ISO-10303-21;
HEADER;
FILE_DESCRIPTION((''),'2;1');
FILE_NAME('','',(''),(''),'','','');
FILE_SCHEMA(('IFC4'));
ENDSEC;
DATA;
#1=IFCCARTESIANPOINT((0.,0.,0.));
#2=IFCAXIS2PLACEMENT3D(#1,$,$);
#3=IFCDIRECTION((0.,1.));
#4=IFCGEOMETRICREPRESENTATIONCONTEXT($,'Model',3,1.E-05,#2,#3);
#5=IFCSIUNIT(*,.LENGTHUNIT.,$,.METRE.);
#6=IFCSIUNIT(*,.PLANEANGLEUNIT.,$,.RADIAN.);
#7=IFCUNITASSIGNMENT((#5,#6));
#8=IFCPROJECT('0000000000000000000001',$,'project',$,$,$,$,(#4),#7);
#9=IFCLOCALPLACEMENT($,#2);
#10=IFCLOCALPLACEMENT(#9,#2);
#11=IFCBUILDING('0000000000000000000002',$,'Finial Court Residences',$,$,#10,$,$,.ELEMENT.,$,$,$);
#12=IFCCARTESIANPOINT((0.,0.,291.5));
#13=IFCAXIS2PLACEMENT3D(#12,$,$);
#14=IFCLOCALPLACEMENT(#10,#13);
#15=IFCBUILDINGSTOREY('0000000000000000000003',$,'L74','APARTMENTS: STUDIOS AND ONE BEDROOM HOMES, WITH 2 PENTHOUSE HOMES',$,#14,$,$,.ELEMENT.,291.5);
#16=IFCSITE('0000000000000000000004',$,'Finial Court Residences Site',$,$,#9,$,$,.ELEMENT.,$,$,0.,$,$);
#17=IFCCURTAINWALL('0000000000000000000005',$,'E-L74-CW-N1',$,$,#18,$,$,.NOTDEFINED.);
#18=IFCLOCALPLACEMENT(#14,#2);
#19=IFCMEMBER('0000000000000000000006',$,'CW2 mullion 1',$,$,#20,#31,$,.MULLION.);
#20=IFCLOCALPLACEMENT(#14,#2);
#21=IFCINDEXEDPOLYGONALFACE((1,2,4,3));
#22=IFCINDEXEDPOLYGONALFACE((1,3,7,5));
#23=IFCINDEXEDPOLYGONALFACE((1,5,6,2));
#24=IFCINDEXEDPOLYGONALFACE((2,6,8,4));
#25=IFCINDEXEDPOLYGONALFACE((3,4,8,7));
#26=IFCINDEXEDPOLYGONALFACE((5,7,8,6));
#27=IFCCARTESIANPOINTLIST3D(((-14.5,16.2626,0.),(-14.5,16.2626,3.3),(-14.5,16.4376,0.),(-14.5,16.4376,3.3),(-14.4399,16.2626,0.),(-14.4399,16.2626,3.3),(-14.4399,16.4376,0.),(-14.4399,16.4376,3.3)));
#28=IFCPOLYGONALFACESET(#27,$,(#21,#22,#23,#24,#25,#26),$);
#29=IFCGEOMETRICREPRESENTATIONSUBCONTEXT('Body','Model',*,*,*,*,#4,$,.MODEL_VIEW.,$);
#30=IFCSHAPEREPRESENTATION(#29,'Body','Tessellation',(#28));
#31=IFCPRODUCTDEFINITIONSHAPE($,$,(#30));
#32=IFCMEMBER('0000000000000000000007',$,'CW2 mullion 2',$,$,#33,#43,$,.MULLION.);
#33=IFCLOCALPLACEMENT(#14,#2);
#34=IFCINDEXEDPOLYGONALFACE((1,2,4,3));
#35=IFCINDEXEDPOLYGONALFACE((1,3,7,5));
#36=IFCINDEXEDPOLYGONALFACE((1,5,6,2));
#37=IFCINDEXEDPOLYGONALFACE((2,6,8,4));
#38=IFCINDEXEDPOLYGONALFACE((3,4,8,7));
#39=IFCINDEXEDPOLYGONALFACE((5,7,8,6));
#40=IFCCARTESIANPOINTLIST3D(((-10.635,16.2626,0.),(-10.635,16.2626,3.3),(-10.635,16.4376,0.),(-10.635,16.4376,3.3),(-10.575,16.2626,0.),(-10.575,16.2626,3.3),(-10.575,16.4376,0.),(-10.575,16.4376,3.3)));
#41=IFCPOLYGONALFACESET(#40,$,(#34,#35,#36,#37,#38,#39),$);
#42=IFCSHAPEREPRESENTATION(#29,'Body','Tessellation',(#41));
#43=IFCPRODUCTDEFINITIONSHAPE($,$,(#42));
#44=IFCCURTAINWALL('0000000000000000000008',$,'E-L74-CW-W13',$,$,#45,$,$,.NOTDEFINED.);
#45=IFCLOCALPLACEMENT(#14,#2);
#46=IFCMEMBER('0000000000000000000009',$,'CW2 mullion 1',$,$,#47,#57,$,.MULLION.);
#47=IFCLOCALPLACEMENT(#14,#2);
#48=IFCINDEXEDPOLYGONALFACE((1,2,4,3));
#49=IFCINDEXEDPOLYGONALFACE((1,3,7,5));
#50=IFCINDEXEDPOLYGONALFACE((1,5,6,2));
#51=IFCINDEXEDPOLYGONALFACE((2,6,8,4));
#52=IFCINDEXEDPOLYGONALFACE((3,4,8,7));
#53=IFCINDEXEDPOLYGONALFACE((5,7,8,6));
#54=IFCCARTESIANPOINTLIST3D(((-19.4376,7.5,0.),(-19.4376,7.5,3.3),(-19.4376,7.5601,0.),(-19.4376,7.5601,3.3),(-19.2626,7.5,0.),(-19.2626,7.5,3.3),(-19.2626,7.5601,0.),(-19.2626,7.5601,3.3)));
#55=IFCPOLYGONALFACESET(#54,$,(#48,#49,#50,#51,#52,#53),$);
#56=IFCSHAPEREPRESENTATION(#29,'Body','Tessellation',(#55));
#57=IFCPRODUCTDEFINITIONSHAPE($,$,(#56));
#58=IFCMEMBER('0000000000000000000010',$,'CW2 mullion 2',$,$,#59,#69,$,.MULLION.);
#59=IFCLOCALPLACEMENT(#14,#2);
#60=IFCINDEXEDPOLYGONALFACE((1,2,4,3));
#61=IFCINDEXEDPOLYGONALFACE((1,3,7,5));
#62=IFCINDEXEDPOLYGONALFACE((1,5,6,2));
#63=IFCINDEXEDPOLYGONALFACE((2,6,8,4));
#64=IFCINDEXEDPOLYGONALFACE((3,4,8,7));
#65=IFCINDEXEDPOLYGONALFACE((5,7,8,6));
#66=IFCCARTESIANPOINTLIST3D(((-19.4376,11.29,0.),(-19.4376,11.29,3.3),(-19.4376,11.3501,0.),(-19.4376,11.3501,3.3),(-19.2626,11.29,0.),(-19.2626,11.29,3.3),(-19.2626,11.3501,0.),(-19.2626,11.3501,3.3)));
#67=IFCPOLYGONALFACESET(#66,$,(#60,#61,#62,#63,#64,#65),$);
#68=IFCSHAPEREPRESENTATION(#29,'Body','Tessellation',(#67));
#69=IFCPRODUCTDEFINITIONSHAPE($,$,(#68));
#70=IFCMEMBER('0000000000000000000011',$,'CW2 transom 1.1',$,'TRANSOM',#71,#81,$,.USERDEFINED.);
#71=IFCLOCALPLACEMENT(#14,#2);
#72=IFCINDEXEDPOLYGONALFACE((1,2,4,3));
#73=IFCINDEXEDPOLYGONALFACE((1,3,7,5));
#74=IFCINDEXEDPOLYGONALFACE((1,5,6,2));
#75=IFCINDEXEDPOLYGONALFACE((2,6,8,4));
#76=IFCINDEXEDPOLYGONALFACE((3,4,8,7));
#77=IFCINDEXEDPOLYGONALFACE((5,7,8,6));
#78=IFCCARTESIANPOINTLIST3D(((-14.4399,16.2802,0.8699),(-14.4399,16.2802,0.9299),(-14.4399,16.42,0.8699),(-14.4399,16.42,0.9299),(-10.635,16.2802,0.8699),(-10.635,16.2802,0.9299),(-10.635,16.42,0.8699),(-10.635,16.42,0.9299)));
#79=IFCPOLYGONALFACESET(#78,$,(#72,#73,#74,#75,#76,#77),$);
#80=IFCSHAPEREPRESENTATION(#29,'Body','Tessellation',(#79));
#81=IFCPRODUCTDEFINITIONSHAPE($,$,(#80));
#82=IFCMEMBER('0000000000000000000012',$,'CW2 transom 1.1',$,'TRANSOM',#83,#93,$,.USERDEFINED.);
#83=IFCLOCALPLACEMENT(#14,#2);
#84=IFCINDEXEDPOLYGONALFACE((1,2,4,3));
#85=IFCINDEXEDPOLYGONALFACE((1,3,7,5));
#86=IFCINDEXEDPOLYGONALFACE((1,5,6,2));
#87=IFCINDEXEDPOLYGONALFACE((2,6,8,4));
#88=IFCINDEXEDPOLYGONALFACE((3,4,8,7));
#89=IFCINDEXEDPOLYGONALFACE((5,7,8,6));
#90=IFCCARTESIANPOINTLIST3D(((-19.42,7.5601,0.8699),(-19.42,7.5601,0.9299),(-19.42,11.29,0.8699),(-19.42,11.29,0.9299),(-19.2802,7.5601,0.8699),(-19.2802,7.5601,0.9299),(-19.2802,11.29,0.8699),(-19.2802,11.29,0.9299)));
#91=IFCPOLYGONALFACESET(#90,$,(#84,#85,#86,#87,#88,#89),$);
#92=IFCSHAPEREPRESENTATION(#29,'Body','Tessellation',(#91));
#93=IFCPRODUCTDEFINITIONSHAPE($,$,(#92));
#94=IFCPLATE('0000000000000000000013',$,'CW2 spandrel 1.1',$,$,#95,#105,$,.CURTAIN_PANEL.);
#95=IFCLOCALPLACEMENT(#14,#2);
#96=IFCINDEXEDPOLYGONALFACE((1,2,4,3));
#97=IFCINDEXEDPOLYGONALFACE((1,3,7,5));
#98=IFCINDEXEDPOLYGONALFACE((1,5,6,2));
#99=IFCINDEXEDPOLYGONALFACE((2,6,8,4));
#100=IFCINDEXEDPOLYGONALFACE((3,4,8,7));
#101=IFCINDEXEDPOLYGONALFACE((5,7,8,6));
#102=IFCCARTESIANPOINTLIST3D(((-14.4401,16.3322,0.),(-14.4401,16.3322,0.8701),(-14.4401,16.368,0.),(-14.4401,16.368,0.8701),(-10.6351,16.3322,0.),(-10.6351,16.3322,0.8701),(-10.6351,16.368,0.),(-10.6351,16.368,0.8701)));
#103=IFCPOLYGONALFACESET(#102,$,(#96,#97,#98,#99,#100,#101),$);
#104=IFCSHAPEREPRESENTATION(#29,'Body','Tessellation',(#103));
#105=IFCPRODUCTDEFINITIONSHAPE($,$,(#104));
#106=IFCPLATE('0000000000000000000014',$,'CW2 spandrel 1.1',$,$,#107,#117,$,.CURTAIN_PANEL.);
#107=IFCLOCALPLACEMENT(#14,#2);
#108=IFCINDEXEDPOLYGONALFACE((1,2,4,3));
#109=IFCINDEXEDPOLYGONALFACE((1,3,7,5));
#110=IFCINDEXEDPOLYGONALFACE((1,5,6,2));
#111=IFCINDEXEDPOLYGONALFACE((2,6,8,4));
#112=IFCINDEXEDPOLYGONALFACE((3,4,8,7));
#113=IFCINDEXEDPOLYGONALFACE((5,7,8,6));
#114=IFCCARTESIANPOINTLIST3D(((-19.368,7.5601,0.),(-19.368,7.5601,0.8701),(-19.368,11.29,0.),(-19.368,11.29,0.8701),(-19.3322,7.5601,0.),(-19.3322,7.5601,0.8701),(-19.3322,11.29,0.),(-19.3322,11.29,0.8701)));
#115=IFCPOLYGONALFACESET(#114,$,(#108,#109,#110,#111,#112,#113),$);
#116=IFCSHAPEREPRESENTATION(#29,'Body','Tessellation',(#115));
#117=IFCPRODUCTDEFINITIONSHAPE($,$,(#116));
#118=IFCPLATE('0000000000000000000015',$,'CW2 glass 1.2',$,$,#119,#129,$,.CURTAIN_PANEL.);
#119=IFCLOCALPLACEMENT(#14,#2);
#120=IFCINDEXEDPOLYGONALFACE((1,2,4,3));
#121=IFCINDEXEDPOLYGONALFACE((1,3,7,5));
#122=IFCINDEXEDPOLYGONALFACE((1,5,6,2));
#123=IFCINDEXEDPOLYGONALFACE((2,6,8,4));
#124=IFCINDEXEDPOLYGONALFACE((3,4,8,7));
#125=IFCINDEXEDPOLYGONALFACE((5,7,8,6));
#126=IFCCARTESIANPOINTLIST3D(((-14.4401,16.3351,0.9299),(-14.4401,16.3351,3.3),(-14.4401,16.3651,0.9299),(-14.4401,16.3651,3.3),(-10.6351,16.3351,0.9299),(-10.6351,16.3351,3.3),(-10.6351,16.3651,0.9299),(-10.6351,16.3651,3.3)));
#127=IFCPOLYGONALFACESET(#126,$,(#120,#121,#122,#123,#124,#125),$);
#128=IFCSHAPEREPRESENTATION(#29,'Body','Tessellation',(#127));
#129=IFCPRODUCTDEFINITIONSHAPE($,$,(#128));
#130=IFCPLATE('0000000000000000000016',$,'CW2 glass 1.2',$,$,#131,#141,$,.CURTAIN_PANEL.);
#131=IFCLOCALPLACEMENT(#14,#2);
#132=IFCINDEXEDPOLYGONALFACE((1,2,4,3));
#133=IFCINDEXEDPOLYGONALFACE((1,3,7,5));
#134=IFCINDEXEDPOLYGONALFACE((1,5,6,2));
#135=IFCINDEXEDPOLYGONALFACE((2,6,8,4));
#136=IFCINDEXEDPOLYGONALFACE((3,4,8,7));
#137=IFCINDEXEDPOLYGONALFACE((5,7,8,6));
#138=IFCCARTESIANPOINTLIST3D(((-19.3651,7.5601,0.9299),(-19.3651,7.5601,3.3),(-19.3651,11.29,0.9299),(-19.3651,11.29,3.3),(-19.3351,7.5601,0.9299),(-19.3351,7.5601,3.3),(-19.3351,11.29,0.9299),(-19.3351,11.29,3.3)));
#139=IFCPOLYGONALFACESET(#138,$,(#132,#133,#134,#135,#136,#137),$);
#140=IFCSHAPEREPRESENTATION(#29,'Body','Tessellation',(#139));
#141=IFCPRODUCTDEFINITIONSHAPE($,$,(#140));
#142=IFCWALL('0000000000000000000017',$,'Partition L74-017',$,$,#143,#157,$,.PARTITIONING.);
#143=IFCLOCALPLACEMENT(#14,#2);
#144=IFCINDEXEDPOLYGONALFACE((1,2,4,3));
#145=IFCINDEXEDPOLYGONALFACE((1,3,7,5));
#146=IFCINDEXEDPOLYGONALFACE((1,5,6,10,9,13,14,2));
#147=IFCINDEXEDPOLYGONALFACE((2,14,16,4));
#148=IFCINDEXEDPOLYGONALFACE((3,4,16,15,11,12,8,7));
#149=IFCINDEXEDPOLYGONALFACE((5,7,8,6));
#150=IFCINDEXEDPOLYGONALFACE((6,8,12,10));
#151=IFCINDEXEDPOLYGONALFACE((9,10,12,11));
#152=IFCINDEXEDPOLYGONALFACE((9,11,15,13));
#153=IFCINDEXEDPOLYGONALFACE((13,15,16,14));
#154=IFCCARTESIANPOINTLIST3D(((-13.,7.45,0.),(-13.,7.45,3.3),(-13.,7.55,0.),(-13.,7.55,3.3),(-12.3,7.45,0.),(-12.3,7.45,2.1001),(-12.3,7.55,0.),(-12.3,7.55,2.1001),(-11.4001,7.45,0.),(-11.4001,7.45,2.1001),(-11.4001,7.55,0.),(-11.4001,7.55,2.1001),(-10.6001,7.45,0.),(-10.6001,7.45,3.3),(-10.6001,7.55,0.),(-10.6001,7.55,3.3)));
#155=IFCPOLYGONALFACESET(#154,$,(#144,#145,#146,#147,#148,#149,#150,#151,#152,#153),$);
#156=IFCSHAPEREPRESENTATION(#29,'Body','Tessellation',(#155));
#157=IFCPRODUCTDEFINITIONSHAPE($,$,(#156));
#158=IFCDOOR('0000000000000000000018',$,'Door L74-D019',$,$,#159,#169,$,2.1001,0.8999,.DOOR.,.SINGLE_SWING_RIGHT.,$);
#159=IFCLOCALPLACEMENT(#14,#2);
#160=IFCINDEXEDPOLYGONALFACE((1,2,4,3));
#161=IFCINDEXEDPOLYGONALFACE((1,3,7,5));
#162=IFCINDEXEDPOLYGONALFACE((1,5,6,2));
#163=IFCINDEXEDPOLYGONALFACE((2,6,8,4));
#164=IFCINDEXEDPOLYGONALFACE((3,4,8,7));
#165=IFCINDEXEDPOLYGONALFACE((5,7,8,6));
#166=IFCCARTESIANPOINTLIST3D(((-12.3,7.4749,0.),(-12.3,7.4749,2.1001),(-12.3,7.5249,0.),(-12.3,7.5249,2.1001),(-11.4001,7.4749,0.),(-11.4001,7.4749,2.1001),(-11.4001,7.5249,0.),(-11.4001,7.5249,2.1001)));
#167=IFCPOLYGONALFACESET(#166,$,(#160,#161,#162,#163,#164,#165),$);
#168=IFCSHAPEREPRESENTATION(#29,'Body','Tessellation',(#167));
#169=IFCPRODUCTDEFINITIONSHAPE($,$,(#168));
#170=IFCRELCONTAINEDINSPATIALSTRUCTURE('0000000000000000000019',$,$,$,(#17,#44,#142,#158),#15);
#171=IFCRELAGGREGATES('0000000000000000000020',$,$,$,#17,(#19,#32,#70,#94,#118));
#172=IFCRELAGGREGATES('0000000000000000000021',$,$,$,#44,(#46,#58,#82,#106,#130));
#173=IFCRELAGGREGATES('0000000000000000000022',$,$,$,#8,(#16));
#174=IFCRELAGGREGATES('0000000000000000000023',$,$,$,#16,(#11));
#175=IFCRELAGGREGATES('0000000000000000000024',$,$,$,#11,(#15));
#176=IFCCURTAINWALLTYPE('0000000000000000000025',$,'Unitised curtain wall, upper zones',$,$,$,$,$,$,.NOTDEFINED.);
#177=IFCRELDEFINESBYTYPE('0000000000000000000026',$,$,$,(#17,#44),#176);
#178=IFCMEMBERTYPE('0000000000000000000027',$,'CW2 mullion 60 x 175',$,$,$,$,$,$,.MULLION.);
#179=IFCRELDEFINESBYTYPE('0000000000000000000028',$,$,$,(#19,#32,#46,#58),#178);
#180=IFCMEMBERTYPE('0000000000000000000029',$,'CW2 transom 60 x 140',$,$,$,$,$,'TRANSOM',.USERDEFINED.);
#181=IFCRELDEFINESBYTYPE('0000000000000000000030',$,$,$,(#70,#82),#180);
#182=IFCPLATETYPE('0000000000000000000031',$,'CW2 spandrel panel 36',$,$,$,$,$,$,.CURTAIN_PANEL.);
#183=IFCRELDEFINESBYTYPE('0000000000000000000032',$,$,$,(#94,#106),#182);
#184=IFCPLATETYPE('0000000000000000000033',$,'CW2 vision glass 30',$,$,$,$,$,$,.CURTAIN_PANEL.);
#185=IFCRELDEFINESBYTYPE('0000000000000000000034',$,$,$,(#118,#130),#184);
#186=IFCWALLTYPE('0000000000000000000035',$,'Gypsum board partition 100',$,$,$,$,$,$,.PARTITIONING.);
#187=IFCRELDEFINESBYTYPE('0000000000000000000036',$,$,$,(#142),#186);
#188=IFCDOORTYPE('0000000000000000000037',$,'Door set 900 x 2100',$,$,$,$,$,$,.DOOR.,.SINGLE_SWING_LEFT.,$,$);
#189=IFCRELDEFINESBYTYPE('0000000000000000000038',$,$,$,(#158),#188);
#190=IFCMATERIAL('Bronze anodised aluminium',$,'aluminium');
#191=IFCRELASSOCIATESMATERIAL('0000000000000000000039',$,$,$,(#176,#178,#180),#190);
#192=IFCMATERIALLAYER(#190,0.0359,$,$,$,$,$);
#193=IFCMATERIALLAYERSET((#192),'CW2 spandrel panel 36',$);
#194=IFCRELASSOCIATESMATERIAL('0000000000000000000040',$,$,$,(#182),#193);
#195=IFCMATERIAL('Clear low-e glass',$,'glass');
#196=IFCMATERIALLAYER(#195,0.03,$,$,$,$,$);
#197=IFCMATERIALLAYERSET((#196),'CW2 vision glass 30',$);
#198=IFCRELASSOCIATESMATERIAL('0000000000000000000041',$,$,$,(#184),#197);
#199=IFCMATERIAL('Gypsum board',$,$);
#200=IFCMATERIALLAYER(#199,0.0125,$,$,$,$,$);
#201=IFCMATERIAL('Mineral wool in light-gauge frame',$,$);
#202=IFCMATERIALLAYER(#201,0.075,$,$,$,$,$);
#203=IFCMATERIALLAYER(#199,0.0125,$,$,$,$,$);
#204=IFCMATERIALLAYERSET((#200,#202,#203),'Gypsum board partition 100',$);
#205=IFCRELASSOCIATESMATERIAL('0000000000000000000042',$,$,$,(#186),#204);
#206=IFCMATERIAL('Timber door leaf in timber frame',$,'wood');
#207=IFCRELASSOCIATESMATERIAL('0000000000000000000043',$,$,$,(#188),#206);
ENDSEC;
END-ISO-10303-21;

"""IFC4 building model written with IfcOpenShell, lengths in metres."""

from ifc_helpers import new_model, si_unit, direction, frame, frame_2d, origin, origin_2d, place, context, subcontext, project, spatial, rectangle, extrude, material, layer, layer_set, material_profile, profile_set, type_object, element, fill, aggregate, save


model = new_model("IFC4")

# Units and contexts
model_context = context("Model", 3, precision=1e-05, world=origin(), true_north=direction((0.0, 1.0)))
body_context = subcontext(model_context, "Body", "Model", "MODEL_VIEW")
ifc_project = project(units=[si_unit("LENGTHUNIT", "METRE"), si_unit("PLANEANGLEUNIT", "RADIAN")], contexts=[model_context])

# Site, building, storey
site_placement = place(None, origin())
site = spatial("IfcSite", under=ifc_project, at=site_placement, Name="Finial Court Residences Site", CompositionType="ELEMENT", RefElevation=0.0)
building_placement = place(site_placement, origin())
building = spatial("IfcBuilding", under=site, at=building_placement, Name="Finial Court Residences", CompositionType="ELEMENT")
storey_placement = place(building_placement, frame((0.0, 0.0, 291.5)))
storey = spatial("IfcBuildingStorey", under=building, at=storey_placement, Name="L74", Description="APARTMENTS: STUDIOS AND ONE BEDROOM HOMES, WITH 2 PENTHOUSE HOMES", CompositionType="ELEMENT", Elevation=291.5)

# Curtain walls, members
ifc_material_1 = material(Name="Bronze anodised aluminium", Category="aluminium")
curtain_wall_type = type_object("IfcCurtainWallType", Name="Unitised curtain wall, upper zones", PredefinedType="NOTDEFINED", material=ifc_material_1)
curtain_wall_1_placement = place(storey_placement, origin())
curtain_wall_1 = element("IfcCurtainWall", 1, at=curtain_wall_1_placement, inside=storey, type_object=curtain_wall_type, Name="E-L74-CW-N1", PredefinedType="NOTDEFINED")
ifc_material_profile_1 = material_profile(ifc_material_1, rectangle(XDim=0.175, YDim=0.0601, at=origin_2d()), Name="CW2 mullion 60 x 175")
ifc_profile_set_1 = profile_set([ifc_material_profile_1], Name="Bronze anodised aluminium")
member_type_1 = type_object("IfcMemberType", Name="CW2 mullion 60 x 175", PredefinedType="MULLION", material=ifc_profile_set_1)
member_1_placement = place(storey_placement, frame((-14.47, 16.3501, 0.0), z_axis=(0.0, 0.0, 1.0), x_axis=(0.0, 1.0, 0.0)))
member_1 = element("IfcMember", 2, at=member_1_placement, type_object=member_type_1, Name="CW2 mullion 1", PredefinedType="MULLION", context=body_context, shape_type="SweptSolid", body=[
    extrude(rectangle(XDim=0.175, YDim=0.0601, at=origin_2d()), origin(), (0.0, 0.0, 1.0), 3.3),
])
member_2_placement = place(storey_placement, frame((-10.605, 16.3501, 0.0), z_axis=(0.0, 0.0, 1.0), x_axis=(0.0, 1.0, 0.0)))
member_2 = element("IfcMember", 3, at=member_2_placement, type_object=member_type_1, Name="CW2 mullion 2", PredefinedType="MULLION", context=body_context, shape_type="SweptSolid", body=[
    extrude(rectangle(XDim=0.175, YDim=0.0601, at=origin_2d()), origin(), (0.0, 0.0, 1.0), 3.3),
])
curtain_wall_2_placement = place(storey_placement, origin())
curtain_wall_2 = element("IfcCurtainWall", 4, at=curtain_wall_2_placement, inside=storey, type_object=curtain_wall_type, Name="E-L74-CW-W13", PredefinedType="NOTDEFINED")
member_3_placement = place(storey_placement, frame((-19.3501, 7.53, 0.0), z_axis=(0.0, 0.0, 1.0), x_axis=(-1.0, 0.0, 0.0)))
member_3 = element("IfcMember", 5, at=member_3_placement, type_object=member_type_1, Name="CW2 mullion 1", PredefinedType="MULLION", context=body_context, shape_type="SweptSolid", body=[
    extrude(rectangle(XDim=0.175, YDim=0.0601, at=origin_2d()), origin(), (0.0, 0.0, 1.0), 3.3),
])
member_4_placement = place(storey_placement, frame((-19.3501, 11.3201, 0.0), z_axis=(0.0, 0.0, 1.0), x_axis=(-1.0, 0.0, 0.0)))
member_4 = element("IfcMember", 6, at=member_4_placement, type_object=member_type_1, Name="CW2 mullion 2", PredefinedType="MULLION", context=body_context, shape_type="SweptSolid", body=[
    extrude(rectangle(XDim=0.175, YDim=0.0601, at=origin_2d()), origin(), (0.0, 0.0, 1.0), 3.3),
])

# Members
ifc_material_profile_2 = material_profile(ifc_material_1, rectangle(XDim=0.1399, YDim=0.0601, at=origin_2d()), Name="CW2 transom 60 x 140")
ifc_profile_set_2 = profile_set([ifc_material_profile_2], Name="Bronze anodised aluminium")
member_type_2 = type_object("IfcMemberType", Name="CW2 transom 60 x 140", ElementType="TRANSOM", PredefinedType="USERDEFINED", material=ifc_profile_set_2)
member_5_placement = place(storey_placement, frame((-14.4399, 16.3501, 0.8999), z_axis=(1.0, 0.0, 0.0), x_axis=(0.0, 1.0, 0.0)))
member_5 = element("IfcMember", 7, at=member_5_placement, type_object=member_type_2, Name="CW2 transom 1.1", ObjectType="TRANSOM", PredefinedType="USERDEFINED", context=body_context, shape_type="SweptSolid", body=[
    extrude(rectangle(XDim=0.1399, YDim=0.0601, at=origin_2d()), origin(), (0.0, 0.0, 1.0), 3.8049),
])
member_6_placement = place(storey_placement, frame((-19.3501, 7.5601, 0.8999), z_axis=(0.0, 1.0, 0.0), x_axis=(-1.0, 0.0, 0.0)))
member_6 = element("IfcMember", 8, at=member_6_placement, type_object=member_type_2, Name="CW2 transom 1.1", ObjectType="TRANSOM", PredefinedType="USERDEFINED", context=body_context, shape_type="SweptSolid", body=[
    extrude(rectangle(XDim=0.1399, YDim=0.0601, at=origin_2d()), origin(), (0.0, 0.0, 1.0), 3.73),
])

# Plates
ifc_layer_1 = layer(ifc_material_1, 0.0359)
ifc_layer_set_1 = layer_set([ifc_layer_1], Name="CW2 spandrel panel 36")
plate_type_1 = type_object("IfcPlateType", Name="CW2 spandrel panel 36", PredefinedType="CURTAIN_PANEL", material=ifc_layer_set_1)
plate_1_placement = place(storey_placement, frame((-12.5376, 16.3501, 0.0), z_axis=(0.0, 0.0, 1.0), x_axis=(1.0, 0.0, 0.0)))
plate_1 = element("IfcPlate", 9, at=plate_1_placement, type_object=plate_type_1, Name="CW2 spandrel 1.1", PredefinedType="CURTAIN_PANEL", context=body_context, shape_type="SweptSolid", body=[
    extrude(rectangle(XDim=3.8049, YDim=0.0359, at=origin_2d()), origin(), (0.0, 0.0, 1.0), 0.8701),
])
plate_2_placement = place(storey_placement, frame((-19.3501, 9.425, 0.0), z_axis=(0.0, 0.0, 1.0), x_axis=(0.0, 1.0, 0.0)))
plate_2 = element("IfcPlate", 10, at=plate_2_placement, type_object=plate_type_1, Name="CW2 spandrel 1.1", PredefinedType="CURTAIN_PANEL", context=body_context, shape_type="SweptSolid", body=[
    extrude(rectangle(XDim=3.73, YDim=0.0359, at=origin_2d()), origin(), (0.0, 0.0, 1.0), 0.8701),
])
ifc_material_2 = material(Name="Clear low-e glass", Category="glass")
ifc_layer_2 = layer(ifc_material_2, 0.03)
ifc_layer_set_2 = layer_set([ifc_layer_2], Name="CW2 vision glass 30")
plate_type_2 = type_object("IfcPlateType", Name="CW2 vision glass 30", PredefinedType="CURTAIN_PANEL", material=ifc_layer_set_2)
plate_3_placement = place(storey_placement, frame((-12.5376, 16.3501, 0.9299), z_axis=(0.0, 0.0, 1.0), x_axis=(1.0, 0.0, 0.0)))
plate_3 = element("IfcPlate", 11, at=plate_3_placement, type_object=plate_type_2, Name="CW2 glass 1.2", PredefinedType="CURTAIN_PANEL", context=body_context, shape_type="SweptSolid", body=[
    extrude(rectangle(XDim=3.8049, YDim=0.03, at=origin_2d()), origin(), (0.0, 0.0, 1.0), 2.3701),
])
aggregate(curtain_wall_1, [member_1, member_2, member_5, plate_1, plate_3])
plate_4_placement = place(storey_placement, frame((-19.3501, 9.425, 0.9299), z_axis=(0.0, 0.0, 1.0), x_axis=(0.0, 1.0, 0.0)))
plate_4 = element("IfcPlate", 12, at=plate_4_placement, type_object=plate_type_2, Name="CW2 glass 1.2", PredefinedType="CURTAIN_PANEL", context=body_context, shape_type="SweptSolid", body=[
    extrude(rectangle(XDim=3.73, YDim=0.03, at=origin_2d()), origin(), (0.0, 0.0, 1.0), 2.3701),
])
aggregate(curtain_wall_2, [member_3, member_4, member_6, plate_2, plate_4])

# Wall, opening, door
ifc_material_3 = material(Name="Gypsum board")
ifc_layer_3 = layer(ifc_material_3, 0.0125)
ifc_material_4 = material(Name="Mineral wool in light-gauge frame")
ifc_layer_4 = layer(ifc_material_4, 0.075)
ifc_layer_5 = layer(ifc_material_3, 0.0125)
ifc_layer_set_3 = layer_set([ifc_layer_3, ifc_layer_4, ifc_layer_5], Name="Gypsum board partition 100")
wall_type_1 = type_object("IfcWallType", Name="Gypsum board partition 100", PredefinedType="PARTITIONING", material=ifc_layer_set_3)
wall_1_placement = place(storey_placement, frame((-13.0, 7.5, 0.0), z_axis=(0.0, 0.0, 1.0), x_axis=(1.0, 0.0, 0.0)))
wall_1 = element("IfcWall", 13, at=wall_1_placement, inside=storey, type_object=wall_type_1, Name="Partition L74-017", PredefinedType="PARTITIONING", context=body_context, shape_type="SweptSolid", body=[
    extrude(rectangle(XDim=2.3999, YDim=0.1001, at=frame_2d((1.2, 0.0))), origin(), (0.0, 0.0, 1.0), 3.3),
])
opening_1_placement = place(wall_1_placement, frame((0.7, 0.0, 0.0)))
opening_1 = element("IfcOpeningElement", 14, at=opening_1_placement, cuts=wall_1, PredefinedType="OPENING", context=body_context, shape_type="SweptSolid", body=[
    extrude(rectangle(XDim=0.8999, YDim=2.1001, at=frame_2d((0.45, 1.05))), frame((0.0, 0.0601, 0.0), z_axis=(0.0, -1.0, 0.0), x_axis=(1.0, 0.0, 0.0)), (0.0, 0.0, 1.0), 0.1201),
])
ifc_material_5 = material(Name="Timber door leaf in timber frame", Category="wood")
door_type = type_object("IfcDoorType", Name="Door set 900 x 2100", OperationType="SINGLE_SWING_LEFT", PredefinedType="DOOR", material=ifc_material_5)
door_placement = place(opening_1_placement, origin())
door = element("IfcDoor", 15, at=door_placement, inside=storey, type_object=door_type, Name="Door L74-D019", OperationType="SINGLE_SWING_RIGHT", OverallHeight=2.1001, OverallWidth=0.8999, PredefinedType="DOOR", context=body_context, shape_type="SweptSolid", body=[
    extrude(rectangle(XDim=0.8999, YDim=2.1001, at=frame_2d((0.45, 1.05))), frame((0.0, 0.0249, 0.0), z_axis=(0.0, -1.0, 0.0), x_axis=(1.0, 0.0, 0.0)), (0.0, 0.0, 1.0), 0.05),
])
fill(opening_1, door)

save(model, "model.ifc")
